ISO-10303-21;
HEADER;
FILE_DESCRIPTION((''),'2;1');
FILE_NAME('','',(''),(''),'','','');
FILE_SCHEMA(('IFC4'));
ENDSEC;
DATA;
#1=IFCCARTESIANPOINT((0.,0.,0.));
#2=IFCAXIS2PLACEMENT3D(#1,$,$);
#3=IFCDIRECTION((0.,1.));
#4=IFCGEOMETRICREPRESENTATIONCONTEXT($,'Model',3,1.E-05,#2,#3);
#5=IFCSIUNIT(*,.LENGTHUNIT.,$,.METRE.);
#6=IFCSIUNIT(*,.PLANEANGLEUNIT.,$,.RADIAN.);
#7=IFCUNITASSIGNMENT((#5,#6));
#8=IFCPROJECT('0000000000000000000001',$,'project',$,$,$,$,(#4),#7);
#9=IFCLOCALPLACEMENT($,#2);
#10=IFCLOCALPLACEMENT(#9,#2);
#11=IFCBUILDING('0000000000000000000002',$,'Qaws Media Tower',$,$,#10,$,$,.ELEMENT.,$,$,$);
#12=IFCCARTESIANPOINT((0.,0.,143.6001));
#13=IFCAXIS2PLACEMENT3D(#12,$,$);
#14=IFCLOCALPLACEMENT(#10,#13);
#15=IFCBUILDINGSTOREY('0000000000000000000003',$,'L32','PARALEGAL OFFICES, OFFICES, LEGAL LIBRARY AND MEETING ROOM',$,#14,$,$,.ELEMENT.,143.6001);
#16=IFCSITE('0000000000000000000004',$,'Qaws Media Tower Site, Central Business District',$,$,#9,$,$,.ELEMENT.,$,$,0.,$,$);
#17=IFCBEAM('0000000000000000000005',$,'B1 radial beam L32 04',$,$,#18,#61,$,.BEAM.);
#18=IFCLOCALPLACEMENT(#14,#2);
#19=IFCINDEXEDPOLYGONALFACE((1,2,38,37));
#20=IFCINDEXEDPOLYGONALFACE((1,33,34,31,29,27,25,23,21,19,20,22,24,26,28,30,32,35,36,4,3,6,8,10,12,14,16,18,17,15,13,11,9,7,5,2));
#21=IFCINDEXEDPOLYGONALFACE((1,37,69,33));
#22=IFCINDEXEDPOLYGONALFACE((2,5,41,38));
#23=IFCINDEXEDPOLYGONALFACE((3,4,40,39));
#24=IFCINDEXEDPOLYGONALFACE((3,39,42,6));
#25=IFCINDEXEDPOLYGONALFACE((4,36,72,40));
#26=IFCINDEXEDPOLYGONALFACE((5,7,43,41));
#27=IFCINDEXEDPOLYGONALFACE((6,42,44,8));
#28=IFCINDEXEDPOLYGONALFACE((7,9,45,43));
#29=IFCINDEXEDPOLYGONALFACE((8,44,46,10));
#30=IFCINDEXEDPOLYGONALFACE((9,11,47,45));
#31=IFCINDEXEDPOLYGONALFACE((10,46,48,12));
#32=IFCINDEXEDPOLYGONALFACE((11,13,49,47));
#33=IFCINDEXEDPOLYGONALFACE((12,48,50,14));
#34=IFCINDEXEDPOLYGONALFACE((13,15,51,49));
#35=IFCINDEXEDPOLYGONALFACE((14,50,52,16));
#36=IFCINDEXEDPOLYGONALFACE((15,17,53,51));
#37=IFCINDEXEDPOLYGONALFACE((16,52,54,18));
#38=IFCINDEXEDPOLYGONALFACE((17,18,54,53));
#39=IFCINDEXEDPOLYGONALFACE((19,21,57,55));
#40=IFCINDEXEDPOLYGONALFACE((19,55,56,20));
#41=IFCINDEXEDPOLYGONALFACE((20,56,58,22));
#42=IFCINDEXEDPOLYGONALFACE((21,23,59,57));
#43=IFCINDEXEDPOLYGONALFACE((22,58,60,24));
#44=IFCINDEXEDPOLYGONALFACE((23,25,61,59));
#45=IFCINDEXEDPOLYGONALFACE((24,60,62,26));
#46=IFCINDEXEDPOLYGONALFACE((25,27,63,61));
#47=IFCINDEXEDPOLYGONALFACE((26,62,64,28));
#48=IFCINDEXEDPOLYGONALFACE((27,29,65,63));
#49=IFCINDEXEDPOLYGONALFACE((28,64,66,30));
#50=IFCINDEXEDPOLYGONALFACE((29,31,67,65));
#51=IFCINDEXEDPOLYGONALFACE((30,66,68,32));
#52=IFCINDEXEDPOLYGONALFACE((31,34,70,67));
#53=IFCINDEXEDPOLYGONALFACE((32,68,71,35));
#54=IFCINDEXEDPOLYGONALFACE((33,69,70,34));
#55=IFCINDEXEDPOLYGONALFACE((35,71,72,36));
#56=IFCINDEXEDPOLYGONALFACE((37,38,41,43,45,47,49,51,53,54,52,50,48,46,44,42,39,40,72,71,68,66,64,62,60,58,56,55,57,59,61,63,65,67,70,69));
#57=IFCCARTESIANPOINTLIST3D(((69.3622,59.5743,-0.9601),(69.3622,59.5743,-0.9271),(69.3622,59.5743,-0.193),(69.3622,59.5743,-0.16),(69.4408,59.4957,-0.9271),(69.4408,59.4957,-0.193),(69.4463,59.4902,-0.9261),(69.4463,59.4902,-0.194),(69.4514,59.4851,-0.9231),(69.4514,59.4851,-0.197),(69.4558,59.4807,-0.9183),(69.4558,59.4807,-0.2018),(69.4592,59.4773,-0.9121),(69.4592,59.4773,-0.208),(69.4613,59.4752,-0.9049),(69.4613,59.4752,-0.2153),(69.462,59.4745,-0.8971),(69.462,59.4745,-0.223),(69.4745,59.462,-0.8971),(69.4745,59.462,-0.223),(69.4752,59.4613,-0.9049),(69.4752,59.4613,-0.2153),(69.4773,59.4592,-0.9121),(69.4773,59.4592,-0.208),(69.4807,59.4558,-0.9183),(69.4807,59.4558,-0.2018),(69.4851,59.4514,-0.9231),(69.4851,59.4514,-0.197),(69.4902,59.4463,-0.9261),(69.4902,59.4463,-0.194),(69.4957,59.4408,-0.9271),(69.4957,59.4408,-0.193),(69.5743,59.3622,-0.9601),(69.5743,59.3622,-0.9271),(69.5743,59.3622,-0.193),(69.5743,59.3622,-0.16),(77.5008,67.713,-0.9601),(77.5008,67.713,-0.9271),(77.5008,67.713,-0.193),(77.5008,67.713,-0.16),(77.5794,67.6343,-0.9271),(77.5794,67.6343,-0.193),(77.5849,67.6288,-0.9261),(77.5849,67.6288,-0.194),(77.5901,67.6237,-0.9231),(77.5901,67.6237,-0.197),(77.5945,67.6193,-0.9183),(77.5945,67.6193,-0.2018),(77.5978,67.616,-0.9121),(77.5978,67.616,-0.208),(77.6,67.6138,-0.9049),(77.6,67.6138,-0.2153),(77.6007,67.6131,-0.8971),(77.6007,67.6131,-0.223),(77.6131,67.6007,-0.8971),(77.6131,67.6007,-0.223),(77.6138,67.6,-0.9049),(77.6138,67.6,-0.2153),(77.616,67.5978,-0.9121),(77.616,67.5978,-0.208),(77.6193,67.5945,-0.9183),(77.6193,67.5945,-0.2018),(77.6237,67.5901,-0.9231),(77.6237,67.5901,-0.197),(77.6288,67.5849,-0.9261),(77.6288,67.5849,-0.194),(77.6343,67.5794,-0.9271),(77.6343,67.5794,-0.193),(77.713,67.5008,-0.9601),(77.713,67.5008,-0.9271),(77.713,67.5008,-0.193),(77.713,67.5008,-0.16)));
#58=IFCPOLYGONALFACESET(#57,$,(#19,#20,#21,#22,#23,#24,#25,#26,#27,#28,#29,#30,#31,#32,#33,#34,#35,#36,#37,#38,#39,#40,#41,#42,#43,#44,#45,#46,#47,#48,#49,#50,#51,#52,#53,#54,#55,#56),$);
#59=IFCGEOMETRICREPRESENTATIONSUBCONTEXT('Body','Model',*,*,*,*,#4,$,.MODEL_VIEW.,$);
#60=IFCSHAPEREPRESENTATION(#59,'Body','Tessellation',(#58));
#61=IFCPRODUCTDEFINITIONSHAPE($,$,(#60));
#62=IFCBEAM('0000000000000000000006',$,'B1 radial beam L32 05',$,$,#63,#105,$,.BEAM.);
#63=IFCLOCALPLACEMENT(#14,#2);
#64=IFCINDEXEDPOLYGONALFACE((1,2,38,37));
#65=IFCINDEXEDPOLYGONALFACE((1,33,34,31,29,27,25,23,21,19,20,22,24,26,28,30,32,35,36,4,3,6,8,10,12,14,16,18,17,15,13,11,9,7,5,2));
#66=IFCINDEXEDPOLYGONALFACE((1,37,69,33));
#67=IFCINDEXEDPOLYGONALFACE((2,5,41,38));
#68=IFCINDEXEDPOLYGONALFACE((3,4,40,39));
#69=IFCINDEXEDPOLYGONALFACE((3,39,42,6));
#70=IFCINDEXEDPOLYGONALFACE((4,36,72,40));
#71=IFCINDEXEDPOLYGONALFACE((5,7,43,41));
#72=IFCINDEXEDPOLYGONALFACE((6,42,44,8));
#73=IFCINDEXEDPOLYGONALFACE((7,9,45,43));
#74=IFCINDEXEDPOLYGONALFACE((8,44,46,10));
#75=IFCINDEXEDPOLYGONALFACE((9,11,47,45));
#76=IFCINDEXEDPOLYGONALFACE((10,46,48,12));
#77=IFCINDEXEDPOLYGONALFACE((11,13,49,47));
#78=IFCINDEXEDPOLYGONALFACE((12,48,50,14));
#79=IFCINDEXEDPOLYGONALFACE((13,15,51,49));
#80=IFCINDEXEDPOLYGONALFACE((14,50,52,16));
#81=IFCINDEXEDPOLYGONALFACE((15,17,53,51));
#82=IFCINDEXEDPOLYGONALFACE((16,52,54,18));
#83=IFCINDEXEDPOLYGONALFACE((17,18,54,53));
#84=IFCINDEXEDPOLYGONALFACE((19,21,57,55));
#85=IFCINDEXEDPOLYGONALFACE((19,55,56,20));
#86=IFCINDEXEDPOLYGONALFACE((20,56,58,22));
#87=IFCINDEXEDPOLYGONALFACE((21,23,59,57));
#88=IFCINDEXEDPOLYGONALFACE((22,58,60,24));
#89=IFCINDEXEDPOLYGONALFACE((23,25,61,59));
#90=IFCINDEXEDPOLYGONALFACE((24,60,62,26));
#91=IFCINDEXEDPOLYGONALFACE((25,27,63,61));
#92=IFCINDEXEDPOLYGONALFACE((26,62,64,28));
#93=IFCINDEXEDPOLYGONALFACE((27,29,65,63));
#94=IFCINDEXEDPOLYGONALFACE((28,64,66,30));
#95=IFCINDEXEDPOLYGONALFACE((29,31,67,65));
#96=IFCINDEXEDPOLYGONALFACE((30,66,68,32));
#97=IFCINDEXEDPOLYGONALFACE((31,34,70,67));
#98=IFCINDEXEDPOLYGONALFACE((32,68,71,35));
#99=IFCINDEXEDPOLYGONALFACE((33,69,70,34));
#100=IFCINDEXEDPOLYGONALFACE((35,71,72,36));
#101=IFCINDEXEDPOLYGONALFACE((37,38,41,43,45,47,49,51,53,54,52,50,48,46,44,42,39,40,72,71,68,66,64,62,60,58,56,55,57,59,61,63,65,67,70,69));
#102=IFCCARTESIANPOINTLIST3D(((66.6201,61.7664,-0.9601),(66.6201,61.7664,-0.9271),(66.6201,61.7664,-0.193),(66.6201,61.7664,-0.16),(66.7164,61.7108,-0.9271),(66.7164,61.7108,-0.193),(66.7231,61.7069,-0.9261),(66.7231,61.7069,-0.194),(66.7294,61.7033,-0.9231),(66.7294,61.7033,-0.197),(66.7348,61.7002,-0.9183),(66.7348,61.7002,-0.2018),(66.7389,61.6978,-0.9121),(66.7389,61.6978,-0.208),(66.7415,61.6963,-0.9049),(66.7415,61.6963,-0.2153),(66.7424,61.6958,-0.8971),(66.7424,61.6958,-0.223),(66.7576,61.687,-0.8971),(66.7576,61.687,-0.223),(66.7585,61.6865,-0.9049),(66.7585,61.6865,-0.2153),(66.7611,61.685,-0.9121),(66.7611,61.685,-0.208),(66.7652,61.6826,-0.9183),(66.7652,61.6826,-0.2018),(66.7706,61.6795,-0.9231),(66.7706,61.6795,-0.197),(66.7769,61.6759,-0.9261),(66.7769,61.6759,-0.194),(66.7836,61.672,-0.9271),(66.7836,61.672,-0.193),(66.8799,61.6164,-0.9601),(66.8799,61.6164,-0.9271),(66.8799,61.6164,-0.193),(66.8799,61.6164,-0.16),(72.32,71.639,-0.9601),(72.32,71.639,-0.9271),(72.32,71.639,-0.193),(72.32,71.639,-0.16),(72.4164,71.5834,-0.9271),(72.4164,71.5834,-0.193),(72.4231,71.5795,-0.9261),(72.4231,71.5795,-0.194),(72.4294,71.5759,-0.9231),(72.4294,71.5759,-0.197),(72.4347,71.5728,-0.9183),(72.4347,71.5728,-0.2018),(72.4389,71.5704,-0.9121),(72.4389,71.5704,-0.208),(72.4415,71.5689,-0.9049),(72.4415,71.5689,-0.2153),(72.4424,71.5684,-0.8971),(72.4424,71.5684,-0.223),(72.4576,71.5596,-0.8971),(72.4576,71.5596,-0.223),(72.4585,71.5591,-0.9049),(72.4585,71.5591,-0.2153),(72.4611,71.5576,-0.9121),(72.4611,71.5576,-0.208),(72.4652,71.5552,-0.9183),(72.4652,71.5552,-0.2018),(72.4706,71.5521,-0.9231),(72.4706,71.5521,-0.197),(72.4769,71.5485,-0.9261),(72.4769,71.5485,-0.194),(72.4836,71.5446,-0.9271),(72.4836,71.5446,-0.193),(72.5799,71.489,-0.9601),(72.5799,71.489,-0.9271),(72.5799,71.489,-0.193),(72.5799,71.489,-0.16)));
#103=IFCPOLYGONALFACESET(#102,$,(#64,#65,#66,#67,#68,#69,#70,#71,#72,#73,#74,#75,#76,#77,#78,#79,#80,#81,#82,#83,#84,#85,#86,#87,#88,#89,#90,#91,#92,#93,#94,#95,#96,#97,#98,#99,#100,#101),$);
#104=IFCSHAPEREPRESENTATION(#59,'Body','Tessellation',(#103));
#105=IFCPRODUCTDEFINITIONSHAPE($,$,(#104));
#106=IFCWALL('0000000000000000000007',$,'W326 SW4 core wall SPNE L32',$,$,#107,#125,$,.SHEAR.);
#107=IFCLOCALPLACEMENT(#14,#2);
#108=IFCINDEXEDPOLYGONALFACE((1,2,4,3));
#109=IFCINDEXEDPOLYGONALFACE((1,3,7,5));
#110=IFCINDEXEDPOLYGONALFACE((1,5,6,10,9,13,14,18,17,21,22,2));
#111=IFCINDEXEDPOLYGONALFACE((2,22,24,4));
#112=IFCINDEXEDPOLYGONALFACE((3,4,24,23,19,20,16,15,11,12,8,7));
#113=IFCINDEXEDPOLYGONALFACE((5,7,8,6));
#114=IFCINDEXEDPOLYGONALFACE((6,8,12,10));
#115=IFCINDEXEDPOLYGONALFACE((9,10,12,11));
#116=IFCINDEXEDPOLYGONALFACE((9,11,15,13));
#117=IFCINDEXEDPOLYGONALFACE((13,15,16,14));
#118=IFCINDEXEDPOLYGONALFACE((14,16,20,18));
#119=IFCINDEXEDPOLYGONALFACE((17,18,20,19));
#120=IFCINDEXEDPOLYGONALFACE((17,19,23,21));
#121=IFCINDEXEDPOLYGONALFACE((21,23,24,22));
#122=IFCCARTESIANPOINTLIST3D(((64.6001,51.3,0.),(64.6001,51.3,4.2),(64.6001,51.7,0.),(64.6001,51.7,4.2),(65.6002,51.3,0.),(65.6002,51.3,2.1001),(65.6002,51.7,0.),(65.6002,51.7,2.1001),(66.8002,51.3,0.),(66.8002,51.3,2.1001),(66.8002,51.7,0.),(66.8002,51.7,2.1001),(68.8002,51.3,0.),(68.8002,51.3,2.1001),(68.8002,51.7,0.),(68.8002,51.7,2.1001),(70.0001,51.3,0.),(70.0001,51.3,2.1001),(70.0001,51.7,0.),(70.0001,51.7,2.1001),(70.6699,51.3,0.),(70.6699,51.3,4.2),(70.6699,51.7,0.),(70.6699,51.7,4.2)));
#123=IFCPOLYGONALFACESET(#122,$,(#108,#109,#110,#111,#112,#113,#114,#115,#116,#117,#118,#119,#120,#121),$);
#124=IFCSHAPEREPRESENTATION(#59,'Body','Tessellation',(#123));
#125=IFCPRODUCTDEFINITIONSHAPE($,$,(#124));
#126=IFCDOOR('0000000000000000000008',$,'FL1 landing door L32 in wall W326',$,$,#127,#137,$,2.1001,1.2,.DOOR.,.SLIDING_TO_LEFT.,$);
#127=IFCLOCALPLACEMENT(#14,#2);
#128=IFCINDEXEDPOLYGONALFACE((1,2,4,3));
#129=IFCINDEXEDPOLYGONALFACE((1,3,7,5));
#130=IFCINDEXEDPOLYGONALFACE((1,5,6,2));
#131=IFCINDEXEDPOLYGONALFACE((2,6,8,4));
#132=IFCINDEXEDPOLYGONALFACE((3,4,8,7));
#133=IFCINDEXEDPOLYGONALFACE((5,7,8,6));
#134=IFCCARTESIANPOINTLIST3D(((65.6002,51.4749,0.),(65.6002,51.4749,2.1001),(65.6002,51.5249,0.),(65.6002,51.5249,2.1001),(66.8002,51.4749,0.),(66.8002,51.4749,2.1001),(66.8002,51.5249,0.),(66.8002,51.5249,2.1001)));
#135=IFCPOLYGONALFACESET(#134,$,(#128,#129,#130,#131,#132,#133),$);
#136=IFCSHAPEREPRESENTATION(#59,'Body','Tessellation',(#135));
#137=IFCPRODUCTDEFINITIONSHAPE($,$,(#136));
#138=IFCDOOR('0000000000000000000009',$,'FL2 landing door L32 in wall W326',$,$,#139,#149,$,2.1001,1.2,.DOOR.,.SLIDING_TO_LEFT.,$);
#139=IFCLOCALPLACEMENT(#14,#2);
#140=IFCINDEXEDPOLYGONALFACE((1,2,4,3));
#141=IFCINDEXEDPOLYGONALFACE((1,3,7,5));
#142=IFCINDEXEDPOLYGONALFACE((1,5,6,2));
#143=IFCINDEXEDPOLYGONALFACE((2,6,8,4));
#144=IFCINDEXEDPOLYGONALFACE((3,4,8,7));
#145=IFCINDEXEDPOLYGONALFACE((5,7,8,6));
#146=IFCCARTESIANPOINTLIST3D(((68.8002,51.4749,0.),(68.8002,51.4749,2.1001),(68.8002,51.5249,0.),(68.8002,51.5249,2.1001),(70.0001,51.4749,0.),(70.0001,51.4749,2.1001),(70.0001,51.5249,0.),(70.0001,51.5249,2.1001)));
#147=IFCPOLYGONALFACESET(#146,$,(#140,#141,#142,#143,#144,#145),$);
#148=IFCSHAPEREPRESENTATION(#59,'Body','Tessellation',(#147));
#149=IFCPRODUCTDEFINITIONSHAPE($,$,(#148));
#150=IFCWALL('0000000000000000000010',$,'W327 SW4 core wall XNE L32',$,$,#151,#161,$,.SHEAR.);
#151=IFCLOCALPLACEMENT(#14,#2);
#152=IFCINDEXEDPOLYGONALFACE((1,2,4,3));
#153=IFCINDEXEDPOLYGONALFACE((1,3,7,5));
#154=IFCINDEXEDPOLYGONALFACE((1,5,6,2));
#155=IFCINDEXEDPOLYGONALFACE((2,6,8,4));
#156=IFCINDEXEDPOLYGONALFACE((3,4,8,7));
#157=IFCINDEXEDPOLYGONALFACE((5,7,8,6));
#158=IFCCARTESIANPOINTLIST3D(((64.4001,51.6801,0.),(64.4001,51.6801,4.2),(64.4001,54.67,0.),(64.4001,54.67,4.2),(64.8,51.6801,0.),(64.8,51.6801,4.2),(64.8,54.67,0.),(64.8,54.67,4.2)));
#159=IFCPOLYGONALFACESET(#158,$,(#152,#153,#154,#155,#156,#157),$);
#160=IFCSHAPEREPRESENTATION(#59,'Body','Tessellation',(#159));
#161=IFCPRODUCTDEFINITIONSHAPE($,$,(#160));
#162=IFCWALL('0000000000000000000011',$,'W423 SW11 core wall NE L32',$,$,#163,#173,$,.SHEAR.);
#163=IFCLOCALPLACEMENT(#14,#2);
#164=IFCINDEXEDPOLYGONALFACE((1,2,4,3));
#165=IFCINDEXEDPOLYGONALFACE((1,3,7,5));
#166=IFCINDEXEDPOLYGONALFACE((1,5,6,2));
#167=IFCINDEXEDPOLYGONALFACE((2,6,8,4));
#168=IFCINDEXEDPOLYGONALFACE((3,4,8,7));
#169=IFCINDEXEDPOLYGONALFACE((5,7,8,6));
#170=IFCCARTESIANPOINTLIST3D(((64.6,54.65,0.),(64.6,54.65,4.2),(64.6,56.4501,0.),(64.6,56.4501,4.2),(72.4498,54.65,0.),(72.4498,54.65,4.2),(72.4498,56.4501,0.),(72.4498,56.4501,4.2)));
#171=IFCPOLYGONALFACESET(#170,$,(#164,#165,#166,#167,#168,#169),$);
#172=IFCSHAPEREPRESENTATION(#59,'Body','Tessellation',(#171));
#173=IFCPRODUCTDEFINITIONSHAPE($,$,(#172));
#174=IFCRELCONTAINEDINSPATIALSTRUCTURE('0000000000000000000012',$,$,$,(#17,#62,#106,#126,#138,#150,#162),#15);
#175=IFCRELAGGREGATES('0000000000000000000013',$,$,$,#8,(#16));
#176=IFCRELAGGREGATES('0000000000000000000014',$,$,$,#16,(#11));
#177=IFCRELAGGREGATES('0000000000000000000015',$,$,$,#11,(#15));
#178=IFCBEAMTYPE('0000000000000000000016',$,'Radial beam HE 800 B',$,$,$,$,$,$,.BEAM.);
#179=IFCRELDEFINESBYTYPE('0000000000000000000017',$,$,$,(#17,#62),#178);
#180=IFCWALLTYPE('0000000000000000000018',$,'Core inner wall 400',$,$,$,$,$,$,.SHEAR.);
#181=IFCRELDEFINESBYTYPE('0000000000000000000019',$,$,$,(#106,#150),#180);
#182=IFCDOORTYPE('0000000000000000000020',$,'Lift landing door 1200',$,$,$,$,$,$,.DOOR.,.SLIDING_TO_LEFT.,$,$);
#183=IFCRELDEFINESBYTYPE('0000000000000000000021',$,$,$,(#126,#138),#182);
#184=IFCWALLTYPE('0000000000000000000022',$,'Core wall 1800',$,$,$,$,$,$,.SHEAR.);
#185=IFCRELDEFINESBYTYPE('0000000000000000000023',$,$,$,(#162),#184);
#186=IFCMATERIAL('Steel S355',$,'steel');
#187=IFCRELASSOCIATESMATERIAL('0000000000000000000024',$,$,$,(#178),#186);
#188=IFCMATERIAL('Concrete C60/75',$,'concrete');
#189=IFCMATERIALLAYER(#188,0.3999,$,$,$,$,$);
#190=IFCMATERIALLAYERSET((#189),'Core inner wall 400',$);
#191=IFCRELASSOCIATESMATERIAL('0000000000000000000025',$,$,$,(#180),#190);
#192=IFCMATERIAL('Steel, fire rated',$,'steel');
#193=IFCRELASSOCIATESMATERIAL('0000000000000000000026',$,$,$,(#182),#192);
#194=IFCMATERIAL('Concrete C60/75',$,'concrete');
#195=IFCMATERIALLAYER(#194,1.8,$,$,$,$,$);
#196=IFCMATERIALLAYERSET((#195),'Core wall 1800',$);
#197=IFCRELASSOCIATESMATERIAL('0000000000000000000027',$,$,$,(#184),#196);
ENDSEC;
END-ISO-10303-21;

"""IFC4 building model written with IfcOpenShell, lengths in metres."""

from ifc_helpers import new_model, si_unit, direction, frame, frame_2d, origin, origin_2d, place, context, subcontext, project, spatial, rectangle, i_section, extrude, material, layer, layer_set, material_profile, profile_set, type_object, element, fill, save


model = new_model("IFC4")

# Units and contexts
model_context = context("Model", 3, precision=1e-05, world=origin(), true_north=direction((0.0, 1.0)))
body_context = subcontext(model_context, "Body", "Model", "MODEL_VIEW")
ifc_project = project(units=[si_unit("LENGTHUNIT", "METRE"), si_unit("PLANEANGLEUNIT", "RADIAN")], contexts=[model_context])

# Site, building, storey
site_placement = place(None, origin())
site = spatial("IfcSite", under=ifc_project, at=site_placement, Name="Qaws Media Tower Site, Central Business District", CompositionType="ELEMENT", RefElevation=0.0)
building_placement = place(site_placement, origin())
building = spatial("IfcBuilding", under=site, at=building_placement, Name="Qaws Media Tower", CompositionType="ELEMENT")
storey_placement = place(building_placement, frame((0.0, 0.0, 143.6001)))
storey = spatial("IfcBuildingStorey", under=building, at=storey_placement, Name="L32", Description="PARALEGAL OFFICES, OFFICES, LEGAL LIBRARY AND MEETING ROOM", CompositionType="ELEMENT", Elevation=143.6001)

# Beams
ifc_material_1 = material(Name="Steel S355", Category="steel")
ifc_material_profile_1 = material_profile(ifc_material_1, i_section(OverallWidth=0.3, OverallDepth=0.8, WebThickness=0.0176, FlangeThickness=0.033, FilletRadius=0.03, at=origin_2d()), Name="HE 800 B")
ifc_profile_set_1 = profile_set([ifc_material_profile_1], Name="Steel S355")
beam_type_1 = type_object("IfcBeamType", Name="Radial beam HE 800 B", PredefinedType="BEAM", material=ifc_profile_set_1)
beam_1_placement = place(storey_placement, frame((69.4683, 59.4683, -0.5601), z_axis=(0.707107, 0.707107, 0.0), x_axis=(-0.707107, 0.707107, 0.0)))
element("IfcBeam", 1, at=beam_1_placement, inside=storey, type_object=beam_type_1, Name="B1 radial beam L32 04", PredefinedType="BEAM", context=body_context, shape_type="SweptSolid", body=[
    extrude(i_section(OverallWidth=0.3, OverallDepth=0.8, WebThickness=0.0176, FlangeThickness=0.033, FilletRadius=0.03, at=origin_2d()), origin(), (0.0, 0.0, 1.0), 11.5098),
])
beam_2_placement = place(storey_placement, frame((66.75, 61.6914, -0.5601), z_axis=(0.500002, 0.866024, 0.0), x_axis=(-0.866024, 0.500002, 0.0)))
element("IfcBeam", 2, at=beam_2_placement, inside=storey, type_object=beam_type_1, Name="B1 radial beam L32 05", PredefinedType="BEAM", context=body_context, shape_type="SweptSolid", body=[
    extrude(i_section(OverallWidth=0.3, OverallDepth=0.8, WebThickness=0.0176, FlangeThickness=0.033, FilletRadius=0.03, at=origin_2d()), origin(), (0.0, 0.0, 1.0), 11.3999),
])

# Wall, openings, doors
ifc_material_2 = material(Name="Concrete C60/75", Category="concrete")
ifc_layer_1 = layer(ifc_material_2, 0.3999)
ifc_layer_set_1 = layer_set([ifc_layer_1], Name="Core inner wall 400")
wall_type_1 = type_object("IfcWallType", Name="Core inner wall 400", PredefinedType="SHEAR", material=ifc_layer_set_1)
wall_1_placement = place(storey_placement, frame((64.6001, 51.5, 0.0), z_axis=(0.0, 0.0, 1.0), x_axis=(1.0, 0.0, 0.0)))
wall_1 = element("IfcWall", 3, at=wall_1_placement, inside=storey, type_object=wall_type_1, Name="W326 SW4 core wall SPNE L32", PredefinedType="SHEAR", context=body_context, shape_type="SweptSolid", body=[
    extrude(rectangle(XDim=6.0698, YDim=0.3999, at=frame_2d((3.0349, 0.0))), origin(), (0.0, 0.0, 1.0), 4.2),
])
opening_1_placement = place(wall_1_placement, frame((1.0, 0.0, 0.0)))
opening_1 = element("IfcOpeningElement", 4, at=opening_1_placement, cuts=wall_1, PredefinedType="OPENING", context=body_context, shape_type="SweptSolid", body=[
    extrude(rectangle(XDim=1.2, YDim=2.1001, at=frame_2d((0.6001, 1.05))), frame((0.0, 0.21, 0.0), z_axis=(0.0, -1.0, 0.0), x_axis=(1.0, 0.0, 0.0)), (0.0, 0.0, 1.0), 0.4199),
])
opening_2_placement = place(wall_1_placement, frame((4.2, 0.0, 0.0)))
opening_2 = element("IfcOpeningElement", 5, at=opening_2_placement, cuts=wall_1, PredefinedType="OPENING", context=body_context, shape_type="SweptSolid", body=[
    extrude(rectangle(XDim=1.2, YDim=2.1001, at=frame_2d((0.6001, 1.05))), frame((0.0, 0.21, 0.0), z_axis=(0.0, -1.0, 0.0), x_axis=(1.0, 0.0, 0.0)), (0.0, 0.0, 1.0), 0.4199),
])
ifc_material_3 = material(Name="Steel, fire rated", Category="steel")
door_type_1 = type_object("IfcDoorType", Name="Lift landing door 1200", OperationType="SLIDING_TO_LEFT", PredefinedType="DOOR", material=ifc_material_3)
door_1_placement = place(opening_1_placement, origin())
door_1 = element("IfcDoor", 6, at=door_1_placement, inside=storey, type_object=door_type_1, Name="FL1 landing door L32 in wall W326", OperationType="SLIDING_TO_LEFT", OverallHeight=2.1001, OverallWidth=1.2, PredefinedType="DOOR", context=body_context, shape_type="SweptSolid", body=[
    extrude(rectangle(XDim=1.2, YDim=2.1001, at=frame_2d((0.6001, 1.05))), frame((0.0, 0.0249, 0.0), z_axis=(0.0, -1.0, 0.0), x_axis=(1.0, 0.0, 0.0)), (0.0, 0.0, 1.0), 0.05),
])
fill(opening_1, door_1)
door_2_placement = place(opening_2_placement, origin())
door_2 = element("IfcDoor", 7, at=door_2_placement, inside=storey, type_object=door_type_1, Name="FL2 landing door L32 in wall W326", OperationType="SLIDING_TO_LEFT", OverallHeight=2.1001, OverallWidth=1.2, PredefinedType="DOOR", context=body_context, shape_type="SweptSolid", body=[
    extrude(rectangle(XDim=1.2, YDim=2.1001, at=frame_2d((0.6001, 1.05))), frame((0.0, 0.0249, 0.0), z_axis=(0.0, -1.0, 0.0), x_axis=(1.0, 0.0, 0.0)), (0.0, 0.0, 1.0), 0.05),
])
fill(opening_2, door_2)

# Walls
wall_2_placement = place(storey_placement, frame((64.6001, 51.6799, 0.0), z_axis=(0.0, 0.0, 1.0), x_axis=(0.0, 1.0, 0.0)))
element("IfcWall", 8, at=wall_2_placement, inside=storey, type_object=wall_type_1, Name="W327 SW4 core wall XNE L32", PredefinedType="SHEAR", context=body_context, shape_type="SweptSolid", body=[
    extrude(rectangle(XDim=2.99, YDim=0.3999, at=frame_2d((1.4951, 0.0))), origin(), (0.0, 0.0, 1.0), 4.2),
])
ifc_material_4 = material(Name="Concrete C60/75", Category="concrete")
ifc_layer_2 = layer(ifc_material_4, 1.8)
ifc_layer_set_2 = layer_set([ifc_layer_2], Name="Core wall 1800")
wall_type_2 = type_object("IfcWallType", Name="Core wall 1800", PredefinedType="SHEAR", material=ifc_layer_set_2)
wall_3_placement = place(storey_placement, frame((64.6001, 55.55, 0.0), z_axis=(0.0, 0.0, 1.0), x_axis=(1.0, 0.0, 0.0)))
element("IfcWall", 9, at=wall_3_placement, inside=storey, type_object=wall_type_2, Name="W423 SW11 core wall NE L32", PredefinedType="SHEAR", context=body_context, shape_type="SweptSolid", body=[
    extrude(rectangle(XDim=7.8499, YDim=1.8, at=frame_2d((3.9248, 0.0))), origin(), (0.0, 0.0, 1.0), 4.2),
])

save(model, "model.ifc")
